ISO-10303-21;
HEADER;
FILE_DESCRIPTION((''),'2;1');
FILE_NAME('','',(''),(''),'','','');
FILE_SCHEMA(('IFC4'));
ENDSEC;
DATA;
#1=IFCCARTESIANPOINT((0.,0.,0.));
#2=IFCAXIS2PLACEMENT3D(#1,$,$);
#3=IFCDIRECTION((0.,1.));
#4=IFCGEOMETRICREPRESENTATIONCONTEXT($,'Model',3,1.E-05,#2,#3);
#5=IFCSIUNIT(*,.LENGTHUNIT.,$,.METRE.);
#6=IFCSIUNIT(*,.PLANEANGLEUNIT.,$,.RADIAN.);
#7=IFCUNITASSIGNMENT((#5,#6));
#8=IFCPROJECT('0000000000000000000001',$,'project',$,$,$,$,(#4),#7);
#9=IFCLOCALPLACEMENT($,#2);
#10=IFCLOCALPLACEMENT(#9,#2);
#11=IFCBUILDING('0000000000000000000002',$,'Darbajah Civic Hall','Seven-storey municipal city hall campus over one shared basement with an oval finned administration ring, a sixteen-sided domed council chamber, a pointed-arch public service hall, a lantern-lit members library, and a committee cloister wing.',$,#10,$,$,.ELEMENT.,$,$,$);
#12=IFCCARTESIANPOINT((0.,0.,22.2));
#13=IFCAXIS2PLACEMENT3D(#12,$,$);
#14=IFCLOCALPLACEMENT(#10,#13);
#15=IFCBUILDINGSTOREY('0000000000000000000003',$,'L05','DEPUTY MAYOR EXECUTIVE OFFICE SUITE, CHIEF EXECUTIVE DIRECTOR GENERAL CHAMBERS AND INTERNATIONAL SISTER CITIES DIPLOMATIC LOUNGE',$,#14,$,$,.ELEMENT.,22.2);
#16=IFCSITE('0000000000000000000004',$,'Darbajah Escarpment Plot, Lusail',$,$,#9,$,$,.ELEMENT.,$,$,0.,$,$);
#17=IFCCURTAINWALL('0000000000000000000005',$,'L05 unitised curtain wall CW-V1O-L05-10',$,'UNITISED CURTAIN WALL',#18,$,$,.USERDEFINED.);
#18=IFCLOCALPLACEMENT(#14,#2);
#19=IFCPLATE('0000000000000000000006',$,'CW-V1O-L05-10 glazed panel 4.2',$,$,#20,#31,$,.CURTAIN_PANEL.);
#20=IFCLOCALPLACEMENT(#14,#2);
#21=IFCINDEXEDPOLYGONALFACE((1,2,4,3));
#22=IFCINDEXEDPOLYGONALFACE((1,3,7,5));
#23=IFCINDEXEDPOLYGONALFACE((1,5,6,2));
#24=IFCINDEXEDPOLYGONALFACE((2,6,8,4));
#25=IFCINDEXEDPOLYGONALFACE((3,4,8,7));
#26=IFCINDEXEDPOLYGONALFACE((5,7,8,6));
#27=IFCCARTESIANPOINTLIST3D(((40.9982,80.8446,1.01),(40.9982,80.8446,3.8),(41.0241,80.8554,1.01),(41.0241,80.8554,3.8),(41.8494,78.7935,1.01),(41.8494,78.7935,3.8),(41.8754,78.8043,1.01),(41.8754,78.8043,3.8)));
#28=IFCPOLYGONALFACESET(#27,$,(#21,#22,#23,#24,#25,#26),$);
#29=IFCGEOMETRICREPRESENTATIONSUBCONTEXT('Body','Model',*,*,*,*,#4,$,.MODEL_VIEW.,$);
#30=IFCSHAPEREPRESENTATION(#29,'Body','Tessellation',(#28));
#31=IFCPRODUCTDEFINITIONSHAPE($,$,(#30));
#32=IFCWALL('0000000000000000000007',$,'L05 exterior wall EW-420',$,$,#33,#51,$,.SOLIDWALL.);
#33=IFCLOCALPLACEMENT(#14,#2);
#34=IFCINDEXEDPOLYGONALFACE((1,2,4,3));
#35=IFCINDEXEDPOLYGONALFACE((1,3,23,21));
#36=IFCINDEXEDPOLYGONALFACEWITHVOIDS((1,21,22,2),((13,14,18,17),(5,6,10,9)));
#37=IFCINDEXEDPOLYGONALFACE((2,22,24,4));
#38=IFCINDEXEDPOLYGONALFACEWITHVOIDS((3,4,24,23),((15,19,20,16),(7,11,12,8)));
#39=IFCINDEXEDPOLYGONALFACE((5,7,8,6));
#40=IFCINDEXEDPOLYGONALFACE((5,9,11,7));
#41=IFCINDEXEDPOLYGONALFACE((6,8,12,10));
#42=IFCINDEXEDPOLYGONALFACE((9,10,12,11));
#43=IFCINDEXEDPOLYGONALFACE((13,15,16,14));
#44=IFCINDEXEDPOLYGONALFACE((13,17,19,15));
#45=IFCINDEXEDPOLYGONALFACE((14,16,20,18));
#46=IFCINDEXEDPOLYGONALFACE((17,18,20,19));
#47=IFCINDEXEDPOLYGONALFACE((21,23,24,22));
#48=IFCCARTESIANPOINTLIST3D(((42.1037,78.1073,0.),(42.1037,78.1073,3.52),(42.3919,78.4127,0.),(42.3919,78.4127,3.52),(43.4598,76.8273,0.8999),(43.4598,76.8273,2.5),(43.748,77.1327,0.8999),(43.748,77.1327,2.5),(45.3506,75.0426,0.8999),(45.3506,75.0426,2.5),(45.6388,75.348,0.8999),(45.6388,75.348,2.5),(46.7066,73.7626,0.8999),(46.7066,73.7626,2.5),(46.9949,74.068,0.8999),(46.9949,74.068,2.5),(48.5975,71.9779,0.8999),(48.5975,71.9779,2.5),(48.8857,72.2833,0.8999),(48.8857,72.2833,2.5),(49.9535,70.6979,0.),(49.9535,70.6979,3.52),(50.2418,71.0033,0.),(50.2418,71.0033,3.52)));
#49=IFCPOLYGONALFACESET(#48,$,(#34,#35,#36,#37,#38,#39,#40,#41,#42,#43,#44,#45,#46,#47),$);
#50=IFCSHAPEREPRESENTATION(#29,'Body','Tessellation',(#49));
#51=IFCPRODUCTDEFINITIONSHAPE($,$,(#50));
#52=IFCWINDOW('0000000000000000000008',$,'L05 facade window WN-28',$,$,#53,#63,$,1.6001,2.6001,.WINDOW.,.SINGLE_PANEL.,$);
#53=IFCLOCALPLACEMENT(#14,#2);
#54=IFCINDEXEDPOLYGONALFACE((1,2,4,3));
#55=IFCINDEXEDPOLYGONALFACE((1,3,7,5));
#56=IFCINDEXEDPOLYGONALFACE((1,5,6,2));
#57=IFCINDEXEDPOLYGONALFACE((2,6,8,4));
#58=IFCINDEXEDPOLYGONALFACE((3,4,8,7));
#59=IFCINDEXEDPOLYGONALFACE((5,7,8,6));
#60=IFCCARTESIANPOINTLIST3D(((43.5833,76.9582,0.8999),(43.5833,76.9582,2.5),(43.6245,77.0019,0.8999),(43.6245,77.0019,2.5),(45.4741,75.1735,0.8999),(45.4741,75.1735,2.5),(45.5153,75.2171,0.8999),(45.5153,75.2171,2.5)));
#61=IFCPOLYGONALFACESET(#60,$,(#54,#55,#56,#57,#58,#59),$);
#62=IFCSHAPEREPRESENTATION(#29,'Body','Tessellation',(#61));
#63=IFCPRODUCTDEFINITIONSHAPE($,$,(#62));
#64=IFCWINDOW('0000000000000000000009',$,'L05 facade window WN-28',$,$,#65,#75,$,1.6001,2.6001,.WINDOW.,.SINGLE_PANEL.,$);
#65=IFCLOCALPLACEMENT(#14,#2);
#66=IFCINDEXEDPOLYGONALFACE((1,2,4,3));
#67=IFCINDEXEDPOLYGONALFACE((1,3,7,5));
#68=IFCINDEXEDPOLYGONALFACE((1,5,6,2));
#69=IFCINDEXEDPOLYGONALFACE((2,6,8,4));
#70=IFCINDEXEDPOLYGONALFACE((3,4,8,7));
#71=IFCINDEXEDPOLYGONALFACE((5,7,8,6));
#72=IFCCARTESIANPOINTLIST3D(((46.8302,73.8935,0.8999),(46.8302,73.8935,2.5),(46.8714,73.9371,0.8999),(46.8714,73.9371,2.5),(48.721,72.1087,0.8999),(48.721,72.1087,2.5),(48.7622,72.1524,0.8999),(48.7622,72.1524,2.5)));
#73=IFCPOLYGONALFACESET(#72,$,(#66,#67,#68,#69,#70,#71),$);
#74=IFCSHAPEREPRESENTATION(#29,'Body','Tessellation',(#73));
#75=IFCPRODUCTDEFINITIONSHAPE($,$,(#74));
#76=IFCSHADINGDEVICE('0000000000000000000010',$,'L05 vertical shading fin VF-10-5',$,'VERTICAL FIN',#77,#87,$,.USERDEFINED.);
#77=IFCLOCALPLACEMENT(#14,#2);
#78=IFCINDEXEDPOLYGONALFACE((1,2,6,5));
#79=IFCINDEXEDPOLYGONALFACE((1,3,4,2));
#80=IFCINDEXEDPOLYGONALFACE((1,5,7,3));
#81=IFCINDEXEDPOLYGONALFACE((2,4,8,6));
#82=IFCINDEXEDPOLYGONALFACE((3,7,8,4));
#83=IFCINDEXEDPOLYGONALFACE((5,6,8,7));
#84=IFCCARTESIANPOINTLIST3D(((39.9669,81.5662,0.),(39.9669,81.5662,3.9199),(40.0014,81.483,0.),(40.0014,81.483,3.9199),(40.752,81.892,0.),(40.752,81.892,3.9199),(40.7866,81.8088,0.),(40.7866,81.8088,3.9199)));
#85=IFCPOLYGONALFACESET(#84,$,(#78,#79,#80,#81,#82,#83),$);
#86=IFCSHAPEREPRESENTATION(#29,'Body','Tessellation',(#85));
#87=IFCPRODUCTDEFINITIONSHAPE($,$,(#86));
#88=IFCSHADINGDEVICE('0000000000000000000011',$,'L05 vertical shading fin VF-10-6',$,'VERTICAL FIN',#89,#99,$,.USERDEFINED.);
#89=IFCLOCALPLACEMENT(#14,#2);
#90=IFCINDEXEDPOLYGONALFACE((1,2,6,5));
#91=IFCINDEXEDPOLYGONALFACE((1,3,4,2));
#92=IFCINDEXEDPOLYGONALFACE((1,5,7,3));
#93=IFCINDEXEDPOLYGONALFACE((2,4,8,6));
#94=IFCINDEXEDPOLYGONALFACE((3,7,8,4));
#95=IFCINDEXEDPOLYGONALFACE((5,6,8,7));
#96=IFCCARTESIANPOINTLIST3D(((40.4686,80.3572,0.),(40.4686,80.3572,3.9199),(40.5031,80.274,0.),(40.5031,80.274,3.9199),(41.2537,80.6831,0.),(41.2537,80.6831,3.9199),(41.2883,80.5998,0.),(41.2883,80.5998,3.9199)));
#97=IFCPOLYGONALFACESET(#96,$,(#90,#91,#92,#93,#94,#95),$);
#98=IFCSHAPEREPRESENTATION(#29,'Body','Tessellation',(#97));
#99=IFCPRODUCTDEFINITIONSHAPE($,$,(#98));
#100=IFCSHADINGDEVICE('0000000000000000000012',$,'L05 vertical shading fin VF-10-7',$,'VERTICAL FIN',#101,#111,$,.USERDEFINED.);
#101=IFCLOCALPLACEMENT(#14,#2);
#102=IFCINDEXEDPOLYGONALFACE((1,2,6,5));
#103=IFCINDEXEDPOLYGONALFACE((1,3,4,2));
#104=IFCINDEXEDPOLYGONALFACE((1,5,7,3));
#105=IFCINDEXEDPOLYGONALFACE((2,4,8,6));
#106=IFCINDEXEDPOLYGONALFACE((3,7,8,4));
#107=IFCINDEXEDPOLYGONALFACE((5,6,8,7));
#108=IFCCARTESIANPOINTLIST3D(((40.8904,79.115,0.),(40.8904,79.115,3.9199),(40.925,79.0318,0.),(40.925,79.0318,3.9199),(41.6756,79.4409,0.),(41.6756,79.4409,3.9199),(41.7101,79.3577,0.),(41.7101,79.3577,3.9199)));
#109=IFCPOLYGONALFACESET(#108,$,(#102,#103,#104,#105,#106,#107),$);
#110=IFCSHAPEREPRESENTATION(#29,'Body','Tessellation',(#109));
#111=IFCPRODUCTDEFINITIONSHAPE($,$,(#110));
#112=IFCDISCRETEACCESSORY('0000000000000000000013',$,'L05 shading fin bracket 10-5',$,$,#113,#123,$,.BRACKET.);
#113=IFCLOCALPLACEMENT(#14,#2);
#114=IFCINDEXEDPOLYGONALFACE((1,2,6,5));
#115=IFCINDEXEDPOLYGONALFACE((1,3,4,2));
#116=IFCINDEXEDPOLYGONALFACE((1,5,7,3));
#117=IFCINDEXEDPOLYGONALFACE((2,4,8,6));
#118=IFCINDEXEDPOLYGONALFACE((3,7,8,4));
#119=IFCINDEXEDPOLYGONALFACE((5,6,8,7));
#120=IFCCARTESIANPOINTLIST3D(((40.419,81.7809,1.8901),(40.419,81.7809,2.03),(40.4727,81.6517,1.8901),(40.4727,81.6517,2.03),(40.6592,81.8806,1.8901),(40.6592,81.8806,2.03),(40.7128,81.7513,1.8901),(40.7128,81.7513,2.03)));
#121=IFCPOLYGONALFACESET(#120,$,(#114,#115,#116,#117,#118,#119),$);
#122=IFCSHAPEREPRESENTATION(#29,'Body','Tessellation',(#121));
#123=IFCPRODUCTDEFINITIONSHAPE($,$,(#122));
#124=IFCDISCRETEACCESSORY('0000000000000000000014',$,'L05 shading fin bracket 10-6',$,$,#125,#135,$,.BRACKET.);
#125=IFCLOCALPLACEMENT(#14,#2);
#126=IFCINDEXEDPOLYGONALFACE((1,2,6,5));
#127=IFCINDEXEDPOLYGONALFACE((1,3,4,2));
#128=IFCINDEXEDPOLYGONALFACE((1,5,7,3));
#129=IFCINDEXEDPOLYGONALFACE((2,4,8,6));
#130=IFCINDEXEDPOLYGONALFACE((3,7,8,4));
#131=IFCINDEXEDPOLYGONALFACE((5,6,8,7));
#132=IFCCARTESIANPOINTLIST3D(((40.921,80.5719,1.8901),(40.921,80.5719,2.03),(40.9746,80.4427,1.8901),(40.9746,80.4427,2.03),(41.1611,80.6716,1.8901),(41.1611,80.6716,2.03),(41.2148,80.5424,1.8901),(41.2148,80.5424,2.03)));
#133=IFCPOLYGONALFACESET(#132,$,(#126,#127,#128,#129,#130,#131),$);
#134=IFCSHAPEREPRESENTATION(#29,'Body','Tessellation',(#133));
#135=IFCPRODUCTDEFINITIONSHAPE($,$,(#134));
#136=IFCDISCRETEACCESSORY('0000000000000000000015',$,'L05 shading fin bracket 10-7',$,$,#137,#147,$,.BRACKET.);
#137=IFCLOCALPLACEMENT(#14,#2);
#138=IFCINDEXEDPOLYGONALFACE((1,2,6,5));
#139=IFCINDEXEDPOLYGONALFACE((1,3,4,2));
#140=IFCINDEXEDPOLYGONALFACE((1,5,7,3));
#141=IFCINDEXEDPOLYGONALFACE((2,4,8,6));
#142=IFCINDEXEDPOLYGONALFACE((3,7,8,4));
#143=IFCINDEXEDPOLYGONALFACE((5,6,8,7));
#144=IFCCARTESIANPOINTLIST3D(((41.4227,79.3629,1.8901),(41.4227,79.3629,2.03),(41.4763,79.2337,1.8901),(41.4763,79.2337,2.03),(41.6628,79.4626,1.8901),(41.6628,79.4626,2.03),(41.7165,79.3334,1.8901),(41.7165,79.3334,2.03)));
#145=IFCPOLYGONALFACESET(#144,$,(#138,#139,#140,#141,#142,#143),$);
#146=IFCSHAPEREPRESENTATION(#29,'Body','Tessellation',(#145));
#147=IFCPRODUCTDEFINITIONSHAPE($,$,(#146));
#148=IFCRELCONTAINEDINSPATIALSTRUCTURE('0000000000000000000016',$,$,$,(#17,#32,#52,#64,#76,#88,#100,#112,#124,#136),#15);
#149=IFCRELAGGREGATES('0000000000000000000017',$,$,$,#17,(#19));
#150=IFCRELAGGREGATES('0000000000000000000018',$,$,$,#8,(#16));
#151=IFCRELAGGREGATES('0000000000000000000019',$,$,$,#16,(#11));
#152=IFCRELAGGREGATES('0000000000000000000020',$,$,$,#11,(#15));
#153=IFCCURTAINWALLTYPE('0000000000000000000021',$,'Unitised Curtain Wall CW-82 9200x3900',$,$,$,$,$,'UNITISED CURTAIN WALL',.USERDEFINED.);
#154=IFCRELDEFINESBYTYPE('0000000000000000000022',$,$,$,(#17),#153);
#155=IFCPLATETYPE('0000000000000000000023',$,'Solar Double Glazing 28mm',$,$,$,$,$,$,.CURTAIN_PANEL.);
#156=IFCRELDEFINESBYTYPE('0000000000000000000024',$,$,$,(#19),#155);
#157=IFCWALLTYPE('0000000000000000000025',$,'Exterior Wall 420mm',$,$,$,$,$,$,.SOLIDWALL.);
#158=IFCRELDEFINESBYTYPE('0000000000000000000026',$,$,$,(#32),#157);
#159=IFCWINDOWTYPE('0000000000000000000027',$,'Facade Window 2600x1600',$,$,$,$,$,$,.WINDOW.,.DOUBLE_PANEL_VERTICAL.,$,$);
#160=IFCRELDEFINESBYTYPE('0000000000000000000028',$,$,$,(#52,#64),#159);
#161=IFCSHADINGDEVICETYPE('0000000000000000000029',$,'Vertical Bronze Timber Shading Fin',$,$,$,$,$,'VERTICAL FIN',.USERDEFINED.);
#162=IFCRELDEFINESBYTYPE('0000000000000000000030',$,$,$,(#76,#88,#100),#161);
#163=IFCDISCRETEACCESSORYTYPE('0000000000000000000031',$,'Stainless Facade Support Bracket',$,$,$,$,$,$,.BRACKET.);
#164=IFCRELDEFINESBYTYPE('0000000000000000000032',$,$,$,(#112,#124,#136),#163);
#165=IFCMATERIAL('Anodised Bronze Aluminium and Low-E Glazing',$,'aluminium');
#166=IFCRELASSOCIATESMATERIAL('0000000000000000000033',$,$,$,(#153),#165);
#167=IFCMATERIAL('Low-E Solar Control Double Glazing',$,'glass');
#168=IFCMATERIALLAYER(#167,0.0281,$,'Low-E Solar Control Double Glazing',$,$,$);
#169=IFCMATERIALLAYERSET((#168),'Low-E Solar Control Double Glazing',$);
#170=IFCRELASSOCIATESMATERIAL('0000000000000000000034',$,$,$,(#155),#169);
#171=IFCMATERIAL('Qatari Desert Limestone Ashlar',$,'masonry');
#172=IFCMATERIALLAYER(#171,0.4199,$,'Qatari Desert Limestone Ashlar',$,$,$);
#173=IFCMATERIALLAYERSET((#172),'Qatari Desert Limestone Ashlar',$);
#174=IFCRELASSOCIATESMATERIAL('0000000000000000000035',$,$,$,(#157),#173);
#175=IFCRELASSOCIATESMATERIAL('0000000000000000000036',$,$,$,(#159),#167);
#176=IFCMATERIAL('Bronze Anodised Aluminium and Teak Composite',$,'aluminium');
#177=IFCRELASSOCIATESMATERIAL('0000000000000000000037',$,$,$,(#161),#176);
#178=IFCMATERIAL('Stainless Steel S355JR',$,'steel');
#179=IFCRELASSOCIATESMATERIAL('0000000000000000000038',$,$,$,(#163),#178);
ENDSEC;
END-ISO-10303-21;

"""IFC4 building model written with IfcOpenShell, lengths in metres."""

from ifc_helpers import new_model, si_unit, direction, frame, frame_2d, origin, origin_2d, place, context, subcontext, project, spatial, rectangle, extrude, material, layer, layer_set, type_object, element, fill, aggregate, save


model = new_model("IFC4")

# Units and contexts
model_context = context("Model", 3, precision=1e-05, world=origin(), true_north=direction((0.0, 1.0)))
body_context = subcontext(model_context, "Body", "Model", "MODEL_VIEW")
ifc_project = project(units=[si_unit("LENGTHUNIT", "METRE"), si_unit("PLANEANGLEUNIT", "RADIAN")], contexts=[model_context])

# Site, building, storey
site_placement = place(None, origin())
site = spatial("IfcSite", under=ifc_project, at=site_placement, Name="Darbajah Escarpment Plot, Lusail", CompositionType="ELEMENT", RefElevation=0.0)
building_placement = place(site_placement, origin())
building = spatial("IfcBuilding", under=site, at=building_placement, Name="Darbajah Civic Hall", Description="Seven-storey municipal city hall campus over one shared basement with an oval finned administration ring, a sixteen-sided domed council chamber, a pointed-arch public service hall, a lantern-lit members library, and a committee cloister wing.", CompositionType="ELEMENT")
storey_placement = place(building_placement, frame((0.0, 0.0, 22.2)))
storey = spatial("IfcBuildingStorey", under=building, at=storey_placement, Name="L05", Description="DEPUTY MAYOR EXECUTIVE OFFICE SUITE, CHIEF EXECUTIVE DIRECTOR GENERAL CHAMBERS AND INTERNATIONAL SISTER CITIES DIPLOMATIC LOUNGE", CompositionType="ELEMENT", Elevation=22.2)

# Curtain wall
ifc_material_1 = material(Name="Anodised Bronze Aluminium and Low-E Glazing", Category="aluminium")
curtain_wall_type = type_object("IfcCurtainWallType", Name="Unitised Curtain Wall CW-82 9200x3900", ElementType="UNITISED CURTAIN WALL", PredefinedType="USERDEFINED", material=ifc_material_1)
curtain_wall_placement = place(storey_placement, origin())
curtain_wall = element("IfcCurtainWall", 1, at=curtain_wall_placement, inside=storey, type_object=curtain_wall_type, Name="L05 unitised curtain wall CW-V1O-L05-10", ObjectType="UNITISED CURTAIN WALL", PredefinedType="USERDEFINED")

# Plate
ifc_material_2 = material(Name="Low-E Solar Control Double Glazing", Category="glass")
ifc_layer_1 = layer(ifc_material_2, 0.0281, Name="Low-E Solar Control Double Glazing")
ifc_layer_set_1 = layer_set([ifc_layer_1], Name="Low-E Solar Control Double Glazing")
plate_type = type_object("IfcPlateType", Name="Solar Double Glazing 28mm", PredefinedType="CURTAIN_PANEL", material=ifc_layer_set_1)
plate_1_placement = place(storey_placement, frame((41.4368, 79.8245, 1.01), z_axis=(0.0, 0.0, 1.0), x_axis=(0.383328, -0.923612, 0.0)))
plate_1 = element("IfcPlate", 2, at=plate_1_placement, type_object=plate_type, Name="CW-V1O-L05-10 glazed panel 4.2", PredefinedType="CURTAIN_PANEL", context=body_context, shape_type="SweptSolid", body=[
    extrude(rectangle(XDim=2.2207, YDim=0.0281, at=origin_2d()), origin(), (0.0, 0.0, 1.0), 2.79),
])
aggregate(curtain_wall, [plate_1])

# Wall, openings, windows
ifc_material_3 = material(Name="Qatari Desert Limestone Ashlar", Category="masonry")
ifc_layer_2 = layer(ifc_material_3, 0.4199, Name="Qatari Desert Limestone Ashlar")
ifc_layer_set_2 = layer_set([ifc_layer_2], Name="Qatari Desert Limestone Ashlar")
wall_type = type_object("IfcWallType", Name="Exterior Wall 420mm", PredefinedType="SOLIDWALL", material=ifc_layer_set_2)
wall_placement = place(storey_placement, frame((42.2478, 78.26, 0.0), z_axis=(0.0, 0.0, 1.0), x_axis=(0.727213, -0.686412, 0.0)))
wall = element("IfcWall", 3, at=wall_placement, inside=storey, type_object=wall_type, Name="L05 exterior wall EW-420", PredefinedType="SOLIDWALL", context=body_context, shape_type="SweptSolid", body=[
    extrude(rectangle(XDim=10.7944, YDim=0.4199, at=frame_2d((5.3972, 0.0))), origin(), (0.0, 0.0, 1.0), 3.52),
])
opening_1_placement = place(wall_placement, frame((1.8647, 0.0, 0.8999)))
opening_1 = element("IfcOpeningElement", 4, at=opening_1_placement, cuts=wall, PredefinedType="OPENING", context=body_context, shape_type="SweptSolid", body=[
    extrude(rectangle(XDim=2.6001, YDim=1.6001, at=frame_2d((1.3, 0.8))), frame((0.0, 0.22, 0.0), z_axis=(0.0, -1.0, 0.0), x_axis=(1.0, 0.0, 0.0)), (0.0, 0.0, 1.0), 0.4399),
])
opening_2_placement = place(wall_placement, frame((6.3296, 0.0, 0.8999)))
opening_2 = element("IfcOpeningElement", 5, at=opening_2_placement, cuts=wall, PredefinedType="OPENING", context=body_context, shape_type="SweptSolid", body=[
    extrude(rectangle(XDim=2.6001, YDim=1.6001, at=frame_2d((1.3, 0.8))), frame((0.0, 0.22, 0.0), z_axis=(0.0, -1.0, 0.0), x_axis=(1.0, 0.0, 0.0)), (0.0, 0.0, 1.0), 0.4399),
])
window_type = type_object("IfcWindowType", Name="Facade Window 2600x1600", PartitioningType="DOUBLE_PANEL_VERTICAL", PredefinedType="WINDOW", material=ifc_material_2)
window_1_placement = place(opening_1_placement, origin())
window_1 = element("IfcWindow", 6, at=window_1_placement, inside=storey, type_object=window_type, Name="L05 facade window WN-28", OverallHeight=1.6001, OverallWidth=2.6001, PartitioningType="SINGLE_PANEL", PredefinedType="WINDOW", context=body_context, shape_type="SweptSolid", body=[
    extrude(rectangle(XDim=2.6001, YDim=1.6001, at=frame_2d((1.3, 0.8))), frame((0.0, 0.03, 0.0), z_axis=(0.0, -1.0, 0.0), x_axis=(1.0, 0.0, 0.0)), (0.0, 0.0, 1.0), 0.0601),
])
fill(opening_1, window_1)
window_2_placement = place(opening_2_placement, origin())
window_2 = element("IfcWindow", 7, at=window_2_placement, inside=storey, type_object=window_type, Name="L05 facade window WN-28", OverallHeight=1.6001, OverallWidth=2.6001, PartitioningType="SINGLE_PANEL", PredefinedType="WINDOW", context=body_context, shape_type="SweptSolid", body=[
    extrude(rectangle(XDim=2.6001, YDim=1.6001, at=frame_2d((1.3, 0.8))), frame((0.0, 0.03, 0.0), z_axis=(0.0, -1.0, 0.0), x_axis=(1.0, 0.0, 0.0)), (0.0, 0.0, 1.0), 0.0601),
])
fill(opening_2, window_2)

# Shading devices
ifc_material_4 = material(Name="Bronze Anodised Aluminium and Teak Composite", Category="aluminium")
shading_device_type = type_object("IfcShadingDeviceType", Name="Vertical Bronze Timber Shading Fin", ElementType="VERTICAL FIN", PredefinedType="USERDEFINED", material=ifc_material_4)
for number, where, z_axis, x_axis, name in (
    (8, (40.3767, 81.6875, 0.0), (0.0, 0.0, 1.0), (-0.923612, -0.383328, 0.0), "L05 vertical shading fin VF-10-5"),
    (9, (40.8784, 80.4785, 0.0), (0.0, 0.0, 1.0), (-0.923612, -0.383328, 0.0), "L05 vertical shading fin VF-10-6"),
    (10, (41.3003, 79.2363, 0.0), (0.0, 0.0, 1.0), (-0.923612, -0.383328, 0.0), "L05 vertical shading fin VF-10-7"),
):
    element("IfcShadingDevice", number, at=place(storey_placement, frame(where, z_axis=z_axis, x_axis=x_axis)), inside=storey, type_object=shading_device_type, Name=name, ObjectType="VERTICAL FIN", PredefinedType="USERDEFINED", context=body_context, shape_type="SweptSolid", body=[
        extrude(rectangle(XDim=0.8501, YDim=0.0901, at=origin_2d()), origin(), (0.0, 0.0, 1.0), 3.9199),
    ])

# Discrete accessories
ifc_material_5 = material(Name="Stainless Steel S355JR", Category="steel")
discrete_accessory_type = type_object("IfcDiscreteAccessoryType", Name="Stainless Facade Support Bracket", PredefinedType="BRACKET", material=ifc_material_5)
for number, where, z_axis, x_axis, name in (
    (11, (40.5659, 81.7661, 1.8901), (0.0, 0.0, 1.0), (-0.923612, -0.383328, 0.0), "L05 shading fin bracket 10-5"),
    (12, (41.0679, 80.5571, 1.8901), (0.0, 0.0, 1.0), (-0.923612, -0.383328, 0.0), "L05 shading fin bracket 10-6"),
    (13, (41.5696, 79.3481, 1.8901), (0.0, 0.0, 1.0), (-0.923612, -0.383328, 0.0), "L05 shading fin bracket 10-7"),
):
    element("IfcDiscreteAccessory", number, at=place(storey_placement, frame(where, z_axis=z_axis, x_axis=x_axis)), inside=storey, type_object=discrete_accessory_type, Name=name, PredefinedType="BRACKET", context=body_context, shape_type="SweptSolid", body=[
        extrude(rectangle(XDim=0.26, YDim=0.1399, at=origin_2d()), origin(), (0.0, 0.0, 1.0), 0.1399),
    ])

save(model, "model.ifc")
